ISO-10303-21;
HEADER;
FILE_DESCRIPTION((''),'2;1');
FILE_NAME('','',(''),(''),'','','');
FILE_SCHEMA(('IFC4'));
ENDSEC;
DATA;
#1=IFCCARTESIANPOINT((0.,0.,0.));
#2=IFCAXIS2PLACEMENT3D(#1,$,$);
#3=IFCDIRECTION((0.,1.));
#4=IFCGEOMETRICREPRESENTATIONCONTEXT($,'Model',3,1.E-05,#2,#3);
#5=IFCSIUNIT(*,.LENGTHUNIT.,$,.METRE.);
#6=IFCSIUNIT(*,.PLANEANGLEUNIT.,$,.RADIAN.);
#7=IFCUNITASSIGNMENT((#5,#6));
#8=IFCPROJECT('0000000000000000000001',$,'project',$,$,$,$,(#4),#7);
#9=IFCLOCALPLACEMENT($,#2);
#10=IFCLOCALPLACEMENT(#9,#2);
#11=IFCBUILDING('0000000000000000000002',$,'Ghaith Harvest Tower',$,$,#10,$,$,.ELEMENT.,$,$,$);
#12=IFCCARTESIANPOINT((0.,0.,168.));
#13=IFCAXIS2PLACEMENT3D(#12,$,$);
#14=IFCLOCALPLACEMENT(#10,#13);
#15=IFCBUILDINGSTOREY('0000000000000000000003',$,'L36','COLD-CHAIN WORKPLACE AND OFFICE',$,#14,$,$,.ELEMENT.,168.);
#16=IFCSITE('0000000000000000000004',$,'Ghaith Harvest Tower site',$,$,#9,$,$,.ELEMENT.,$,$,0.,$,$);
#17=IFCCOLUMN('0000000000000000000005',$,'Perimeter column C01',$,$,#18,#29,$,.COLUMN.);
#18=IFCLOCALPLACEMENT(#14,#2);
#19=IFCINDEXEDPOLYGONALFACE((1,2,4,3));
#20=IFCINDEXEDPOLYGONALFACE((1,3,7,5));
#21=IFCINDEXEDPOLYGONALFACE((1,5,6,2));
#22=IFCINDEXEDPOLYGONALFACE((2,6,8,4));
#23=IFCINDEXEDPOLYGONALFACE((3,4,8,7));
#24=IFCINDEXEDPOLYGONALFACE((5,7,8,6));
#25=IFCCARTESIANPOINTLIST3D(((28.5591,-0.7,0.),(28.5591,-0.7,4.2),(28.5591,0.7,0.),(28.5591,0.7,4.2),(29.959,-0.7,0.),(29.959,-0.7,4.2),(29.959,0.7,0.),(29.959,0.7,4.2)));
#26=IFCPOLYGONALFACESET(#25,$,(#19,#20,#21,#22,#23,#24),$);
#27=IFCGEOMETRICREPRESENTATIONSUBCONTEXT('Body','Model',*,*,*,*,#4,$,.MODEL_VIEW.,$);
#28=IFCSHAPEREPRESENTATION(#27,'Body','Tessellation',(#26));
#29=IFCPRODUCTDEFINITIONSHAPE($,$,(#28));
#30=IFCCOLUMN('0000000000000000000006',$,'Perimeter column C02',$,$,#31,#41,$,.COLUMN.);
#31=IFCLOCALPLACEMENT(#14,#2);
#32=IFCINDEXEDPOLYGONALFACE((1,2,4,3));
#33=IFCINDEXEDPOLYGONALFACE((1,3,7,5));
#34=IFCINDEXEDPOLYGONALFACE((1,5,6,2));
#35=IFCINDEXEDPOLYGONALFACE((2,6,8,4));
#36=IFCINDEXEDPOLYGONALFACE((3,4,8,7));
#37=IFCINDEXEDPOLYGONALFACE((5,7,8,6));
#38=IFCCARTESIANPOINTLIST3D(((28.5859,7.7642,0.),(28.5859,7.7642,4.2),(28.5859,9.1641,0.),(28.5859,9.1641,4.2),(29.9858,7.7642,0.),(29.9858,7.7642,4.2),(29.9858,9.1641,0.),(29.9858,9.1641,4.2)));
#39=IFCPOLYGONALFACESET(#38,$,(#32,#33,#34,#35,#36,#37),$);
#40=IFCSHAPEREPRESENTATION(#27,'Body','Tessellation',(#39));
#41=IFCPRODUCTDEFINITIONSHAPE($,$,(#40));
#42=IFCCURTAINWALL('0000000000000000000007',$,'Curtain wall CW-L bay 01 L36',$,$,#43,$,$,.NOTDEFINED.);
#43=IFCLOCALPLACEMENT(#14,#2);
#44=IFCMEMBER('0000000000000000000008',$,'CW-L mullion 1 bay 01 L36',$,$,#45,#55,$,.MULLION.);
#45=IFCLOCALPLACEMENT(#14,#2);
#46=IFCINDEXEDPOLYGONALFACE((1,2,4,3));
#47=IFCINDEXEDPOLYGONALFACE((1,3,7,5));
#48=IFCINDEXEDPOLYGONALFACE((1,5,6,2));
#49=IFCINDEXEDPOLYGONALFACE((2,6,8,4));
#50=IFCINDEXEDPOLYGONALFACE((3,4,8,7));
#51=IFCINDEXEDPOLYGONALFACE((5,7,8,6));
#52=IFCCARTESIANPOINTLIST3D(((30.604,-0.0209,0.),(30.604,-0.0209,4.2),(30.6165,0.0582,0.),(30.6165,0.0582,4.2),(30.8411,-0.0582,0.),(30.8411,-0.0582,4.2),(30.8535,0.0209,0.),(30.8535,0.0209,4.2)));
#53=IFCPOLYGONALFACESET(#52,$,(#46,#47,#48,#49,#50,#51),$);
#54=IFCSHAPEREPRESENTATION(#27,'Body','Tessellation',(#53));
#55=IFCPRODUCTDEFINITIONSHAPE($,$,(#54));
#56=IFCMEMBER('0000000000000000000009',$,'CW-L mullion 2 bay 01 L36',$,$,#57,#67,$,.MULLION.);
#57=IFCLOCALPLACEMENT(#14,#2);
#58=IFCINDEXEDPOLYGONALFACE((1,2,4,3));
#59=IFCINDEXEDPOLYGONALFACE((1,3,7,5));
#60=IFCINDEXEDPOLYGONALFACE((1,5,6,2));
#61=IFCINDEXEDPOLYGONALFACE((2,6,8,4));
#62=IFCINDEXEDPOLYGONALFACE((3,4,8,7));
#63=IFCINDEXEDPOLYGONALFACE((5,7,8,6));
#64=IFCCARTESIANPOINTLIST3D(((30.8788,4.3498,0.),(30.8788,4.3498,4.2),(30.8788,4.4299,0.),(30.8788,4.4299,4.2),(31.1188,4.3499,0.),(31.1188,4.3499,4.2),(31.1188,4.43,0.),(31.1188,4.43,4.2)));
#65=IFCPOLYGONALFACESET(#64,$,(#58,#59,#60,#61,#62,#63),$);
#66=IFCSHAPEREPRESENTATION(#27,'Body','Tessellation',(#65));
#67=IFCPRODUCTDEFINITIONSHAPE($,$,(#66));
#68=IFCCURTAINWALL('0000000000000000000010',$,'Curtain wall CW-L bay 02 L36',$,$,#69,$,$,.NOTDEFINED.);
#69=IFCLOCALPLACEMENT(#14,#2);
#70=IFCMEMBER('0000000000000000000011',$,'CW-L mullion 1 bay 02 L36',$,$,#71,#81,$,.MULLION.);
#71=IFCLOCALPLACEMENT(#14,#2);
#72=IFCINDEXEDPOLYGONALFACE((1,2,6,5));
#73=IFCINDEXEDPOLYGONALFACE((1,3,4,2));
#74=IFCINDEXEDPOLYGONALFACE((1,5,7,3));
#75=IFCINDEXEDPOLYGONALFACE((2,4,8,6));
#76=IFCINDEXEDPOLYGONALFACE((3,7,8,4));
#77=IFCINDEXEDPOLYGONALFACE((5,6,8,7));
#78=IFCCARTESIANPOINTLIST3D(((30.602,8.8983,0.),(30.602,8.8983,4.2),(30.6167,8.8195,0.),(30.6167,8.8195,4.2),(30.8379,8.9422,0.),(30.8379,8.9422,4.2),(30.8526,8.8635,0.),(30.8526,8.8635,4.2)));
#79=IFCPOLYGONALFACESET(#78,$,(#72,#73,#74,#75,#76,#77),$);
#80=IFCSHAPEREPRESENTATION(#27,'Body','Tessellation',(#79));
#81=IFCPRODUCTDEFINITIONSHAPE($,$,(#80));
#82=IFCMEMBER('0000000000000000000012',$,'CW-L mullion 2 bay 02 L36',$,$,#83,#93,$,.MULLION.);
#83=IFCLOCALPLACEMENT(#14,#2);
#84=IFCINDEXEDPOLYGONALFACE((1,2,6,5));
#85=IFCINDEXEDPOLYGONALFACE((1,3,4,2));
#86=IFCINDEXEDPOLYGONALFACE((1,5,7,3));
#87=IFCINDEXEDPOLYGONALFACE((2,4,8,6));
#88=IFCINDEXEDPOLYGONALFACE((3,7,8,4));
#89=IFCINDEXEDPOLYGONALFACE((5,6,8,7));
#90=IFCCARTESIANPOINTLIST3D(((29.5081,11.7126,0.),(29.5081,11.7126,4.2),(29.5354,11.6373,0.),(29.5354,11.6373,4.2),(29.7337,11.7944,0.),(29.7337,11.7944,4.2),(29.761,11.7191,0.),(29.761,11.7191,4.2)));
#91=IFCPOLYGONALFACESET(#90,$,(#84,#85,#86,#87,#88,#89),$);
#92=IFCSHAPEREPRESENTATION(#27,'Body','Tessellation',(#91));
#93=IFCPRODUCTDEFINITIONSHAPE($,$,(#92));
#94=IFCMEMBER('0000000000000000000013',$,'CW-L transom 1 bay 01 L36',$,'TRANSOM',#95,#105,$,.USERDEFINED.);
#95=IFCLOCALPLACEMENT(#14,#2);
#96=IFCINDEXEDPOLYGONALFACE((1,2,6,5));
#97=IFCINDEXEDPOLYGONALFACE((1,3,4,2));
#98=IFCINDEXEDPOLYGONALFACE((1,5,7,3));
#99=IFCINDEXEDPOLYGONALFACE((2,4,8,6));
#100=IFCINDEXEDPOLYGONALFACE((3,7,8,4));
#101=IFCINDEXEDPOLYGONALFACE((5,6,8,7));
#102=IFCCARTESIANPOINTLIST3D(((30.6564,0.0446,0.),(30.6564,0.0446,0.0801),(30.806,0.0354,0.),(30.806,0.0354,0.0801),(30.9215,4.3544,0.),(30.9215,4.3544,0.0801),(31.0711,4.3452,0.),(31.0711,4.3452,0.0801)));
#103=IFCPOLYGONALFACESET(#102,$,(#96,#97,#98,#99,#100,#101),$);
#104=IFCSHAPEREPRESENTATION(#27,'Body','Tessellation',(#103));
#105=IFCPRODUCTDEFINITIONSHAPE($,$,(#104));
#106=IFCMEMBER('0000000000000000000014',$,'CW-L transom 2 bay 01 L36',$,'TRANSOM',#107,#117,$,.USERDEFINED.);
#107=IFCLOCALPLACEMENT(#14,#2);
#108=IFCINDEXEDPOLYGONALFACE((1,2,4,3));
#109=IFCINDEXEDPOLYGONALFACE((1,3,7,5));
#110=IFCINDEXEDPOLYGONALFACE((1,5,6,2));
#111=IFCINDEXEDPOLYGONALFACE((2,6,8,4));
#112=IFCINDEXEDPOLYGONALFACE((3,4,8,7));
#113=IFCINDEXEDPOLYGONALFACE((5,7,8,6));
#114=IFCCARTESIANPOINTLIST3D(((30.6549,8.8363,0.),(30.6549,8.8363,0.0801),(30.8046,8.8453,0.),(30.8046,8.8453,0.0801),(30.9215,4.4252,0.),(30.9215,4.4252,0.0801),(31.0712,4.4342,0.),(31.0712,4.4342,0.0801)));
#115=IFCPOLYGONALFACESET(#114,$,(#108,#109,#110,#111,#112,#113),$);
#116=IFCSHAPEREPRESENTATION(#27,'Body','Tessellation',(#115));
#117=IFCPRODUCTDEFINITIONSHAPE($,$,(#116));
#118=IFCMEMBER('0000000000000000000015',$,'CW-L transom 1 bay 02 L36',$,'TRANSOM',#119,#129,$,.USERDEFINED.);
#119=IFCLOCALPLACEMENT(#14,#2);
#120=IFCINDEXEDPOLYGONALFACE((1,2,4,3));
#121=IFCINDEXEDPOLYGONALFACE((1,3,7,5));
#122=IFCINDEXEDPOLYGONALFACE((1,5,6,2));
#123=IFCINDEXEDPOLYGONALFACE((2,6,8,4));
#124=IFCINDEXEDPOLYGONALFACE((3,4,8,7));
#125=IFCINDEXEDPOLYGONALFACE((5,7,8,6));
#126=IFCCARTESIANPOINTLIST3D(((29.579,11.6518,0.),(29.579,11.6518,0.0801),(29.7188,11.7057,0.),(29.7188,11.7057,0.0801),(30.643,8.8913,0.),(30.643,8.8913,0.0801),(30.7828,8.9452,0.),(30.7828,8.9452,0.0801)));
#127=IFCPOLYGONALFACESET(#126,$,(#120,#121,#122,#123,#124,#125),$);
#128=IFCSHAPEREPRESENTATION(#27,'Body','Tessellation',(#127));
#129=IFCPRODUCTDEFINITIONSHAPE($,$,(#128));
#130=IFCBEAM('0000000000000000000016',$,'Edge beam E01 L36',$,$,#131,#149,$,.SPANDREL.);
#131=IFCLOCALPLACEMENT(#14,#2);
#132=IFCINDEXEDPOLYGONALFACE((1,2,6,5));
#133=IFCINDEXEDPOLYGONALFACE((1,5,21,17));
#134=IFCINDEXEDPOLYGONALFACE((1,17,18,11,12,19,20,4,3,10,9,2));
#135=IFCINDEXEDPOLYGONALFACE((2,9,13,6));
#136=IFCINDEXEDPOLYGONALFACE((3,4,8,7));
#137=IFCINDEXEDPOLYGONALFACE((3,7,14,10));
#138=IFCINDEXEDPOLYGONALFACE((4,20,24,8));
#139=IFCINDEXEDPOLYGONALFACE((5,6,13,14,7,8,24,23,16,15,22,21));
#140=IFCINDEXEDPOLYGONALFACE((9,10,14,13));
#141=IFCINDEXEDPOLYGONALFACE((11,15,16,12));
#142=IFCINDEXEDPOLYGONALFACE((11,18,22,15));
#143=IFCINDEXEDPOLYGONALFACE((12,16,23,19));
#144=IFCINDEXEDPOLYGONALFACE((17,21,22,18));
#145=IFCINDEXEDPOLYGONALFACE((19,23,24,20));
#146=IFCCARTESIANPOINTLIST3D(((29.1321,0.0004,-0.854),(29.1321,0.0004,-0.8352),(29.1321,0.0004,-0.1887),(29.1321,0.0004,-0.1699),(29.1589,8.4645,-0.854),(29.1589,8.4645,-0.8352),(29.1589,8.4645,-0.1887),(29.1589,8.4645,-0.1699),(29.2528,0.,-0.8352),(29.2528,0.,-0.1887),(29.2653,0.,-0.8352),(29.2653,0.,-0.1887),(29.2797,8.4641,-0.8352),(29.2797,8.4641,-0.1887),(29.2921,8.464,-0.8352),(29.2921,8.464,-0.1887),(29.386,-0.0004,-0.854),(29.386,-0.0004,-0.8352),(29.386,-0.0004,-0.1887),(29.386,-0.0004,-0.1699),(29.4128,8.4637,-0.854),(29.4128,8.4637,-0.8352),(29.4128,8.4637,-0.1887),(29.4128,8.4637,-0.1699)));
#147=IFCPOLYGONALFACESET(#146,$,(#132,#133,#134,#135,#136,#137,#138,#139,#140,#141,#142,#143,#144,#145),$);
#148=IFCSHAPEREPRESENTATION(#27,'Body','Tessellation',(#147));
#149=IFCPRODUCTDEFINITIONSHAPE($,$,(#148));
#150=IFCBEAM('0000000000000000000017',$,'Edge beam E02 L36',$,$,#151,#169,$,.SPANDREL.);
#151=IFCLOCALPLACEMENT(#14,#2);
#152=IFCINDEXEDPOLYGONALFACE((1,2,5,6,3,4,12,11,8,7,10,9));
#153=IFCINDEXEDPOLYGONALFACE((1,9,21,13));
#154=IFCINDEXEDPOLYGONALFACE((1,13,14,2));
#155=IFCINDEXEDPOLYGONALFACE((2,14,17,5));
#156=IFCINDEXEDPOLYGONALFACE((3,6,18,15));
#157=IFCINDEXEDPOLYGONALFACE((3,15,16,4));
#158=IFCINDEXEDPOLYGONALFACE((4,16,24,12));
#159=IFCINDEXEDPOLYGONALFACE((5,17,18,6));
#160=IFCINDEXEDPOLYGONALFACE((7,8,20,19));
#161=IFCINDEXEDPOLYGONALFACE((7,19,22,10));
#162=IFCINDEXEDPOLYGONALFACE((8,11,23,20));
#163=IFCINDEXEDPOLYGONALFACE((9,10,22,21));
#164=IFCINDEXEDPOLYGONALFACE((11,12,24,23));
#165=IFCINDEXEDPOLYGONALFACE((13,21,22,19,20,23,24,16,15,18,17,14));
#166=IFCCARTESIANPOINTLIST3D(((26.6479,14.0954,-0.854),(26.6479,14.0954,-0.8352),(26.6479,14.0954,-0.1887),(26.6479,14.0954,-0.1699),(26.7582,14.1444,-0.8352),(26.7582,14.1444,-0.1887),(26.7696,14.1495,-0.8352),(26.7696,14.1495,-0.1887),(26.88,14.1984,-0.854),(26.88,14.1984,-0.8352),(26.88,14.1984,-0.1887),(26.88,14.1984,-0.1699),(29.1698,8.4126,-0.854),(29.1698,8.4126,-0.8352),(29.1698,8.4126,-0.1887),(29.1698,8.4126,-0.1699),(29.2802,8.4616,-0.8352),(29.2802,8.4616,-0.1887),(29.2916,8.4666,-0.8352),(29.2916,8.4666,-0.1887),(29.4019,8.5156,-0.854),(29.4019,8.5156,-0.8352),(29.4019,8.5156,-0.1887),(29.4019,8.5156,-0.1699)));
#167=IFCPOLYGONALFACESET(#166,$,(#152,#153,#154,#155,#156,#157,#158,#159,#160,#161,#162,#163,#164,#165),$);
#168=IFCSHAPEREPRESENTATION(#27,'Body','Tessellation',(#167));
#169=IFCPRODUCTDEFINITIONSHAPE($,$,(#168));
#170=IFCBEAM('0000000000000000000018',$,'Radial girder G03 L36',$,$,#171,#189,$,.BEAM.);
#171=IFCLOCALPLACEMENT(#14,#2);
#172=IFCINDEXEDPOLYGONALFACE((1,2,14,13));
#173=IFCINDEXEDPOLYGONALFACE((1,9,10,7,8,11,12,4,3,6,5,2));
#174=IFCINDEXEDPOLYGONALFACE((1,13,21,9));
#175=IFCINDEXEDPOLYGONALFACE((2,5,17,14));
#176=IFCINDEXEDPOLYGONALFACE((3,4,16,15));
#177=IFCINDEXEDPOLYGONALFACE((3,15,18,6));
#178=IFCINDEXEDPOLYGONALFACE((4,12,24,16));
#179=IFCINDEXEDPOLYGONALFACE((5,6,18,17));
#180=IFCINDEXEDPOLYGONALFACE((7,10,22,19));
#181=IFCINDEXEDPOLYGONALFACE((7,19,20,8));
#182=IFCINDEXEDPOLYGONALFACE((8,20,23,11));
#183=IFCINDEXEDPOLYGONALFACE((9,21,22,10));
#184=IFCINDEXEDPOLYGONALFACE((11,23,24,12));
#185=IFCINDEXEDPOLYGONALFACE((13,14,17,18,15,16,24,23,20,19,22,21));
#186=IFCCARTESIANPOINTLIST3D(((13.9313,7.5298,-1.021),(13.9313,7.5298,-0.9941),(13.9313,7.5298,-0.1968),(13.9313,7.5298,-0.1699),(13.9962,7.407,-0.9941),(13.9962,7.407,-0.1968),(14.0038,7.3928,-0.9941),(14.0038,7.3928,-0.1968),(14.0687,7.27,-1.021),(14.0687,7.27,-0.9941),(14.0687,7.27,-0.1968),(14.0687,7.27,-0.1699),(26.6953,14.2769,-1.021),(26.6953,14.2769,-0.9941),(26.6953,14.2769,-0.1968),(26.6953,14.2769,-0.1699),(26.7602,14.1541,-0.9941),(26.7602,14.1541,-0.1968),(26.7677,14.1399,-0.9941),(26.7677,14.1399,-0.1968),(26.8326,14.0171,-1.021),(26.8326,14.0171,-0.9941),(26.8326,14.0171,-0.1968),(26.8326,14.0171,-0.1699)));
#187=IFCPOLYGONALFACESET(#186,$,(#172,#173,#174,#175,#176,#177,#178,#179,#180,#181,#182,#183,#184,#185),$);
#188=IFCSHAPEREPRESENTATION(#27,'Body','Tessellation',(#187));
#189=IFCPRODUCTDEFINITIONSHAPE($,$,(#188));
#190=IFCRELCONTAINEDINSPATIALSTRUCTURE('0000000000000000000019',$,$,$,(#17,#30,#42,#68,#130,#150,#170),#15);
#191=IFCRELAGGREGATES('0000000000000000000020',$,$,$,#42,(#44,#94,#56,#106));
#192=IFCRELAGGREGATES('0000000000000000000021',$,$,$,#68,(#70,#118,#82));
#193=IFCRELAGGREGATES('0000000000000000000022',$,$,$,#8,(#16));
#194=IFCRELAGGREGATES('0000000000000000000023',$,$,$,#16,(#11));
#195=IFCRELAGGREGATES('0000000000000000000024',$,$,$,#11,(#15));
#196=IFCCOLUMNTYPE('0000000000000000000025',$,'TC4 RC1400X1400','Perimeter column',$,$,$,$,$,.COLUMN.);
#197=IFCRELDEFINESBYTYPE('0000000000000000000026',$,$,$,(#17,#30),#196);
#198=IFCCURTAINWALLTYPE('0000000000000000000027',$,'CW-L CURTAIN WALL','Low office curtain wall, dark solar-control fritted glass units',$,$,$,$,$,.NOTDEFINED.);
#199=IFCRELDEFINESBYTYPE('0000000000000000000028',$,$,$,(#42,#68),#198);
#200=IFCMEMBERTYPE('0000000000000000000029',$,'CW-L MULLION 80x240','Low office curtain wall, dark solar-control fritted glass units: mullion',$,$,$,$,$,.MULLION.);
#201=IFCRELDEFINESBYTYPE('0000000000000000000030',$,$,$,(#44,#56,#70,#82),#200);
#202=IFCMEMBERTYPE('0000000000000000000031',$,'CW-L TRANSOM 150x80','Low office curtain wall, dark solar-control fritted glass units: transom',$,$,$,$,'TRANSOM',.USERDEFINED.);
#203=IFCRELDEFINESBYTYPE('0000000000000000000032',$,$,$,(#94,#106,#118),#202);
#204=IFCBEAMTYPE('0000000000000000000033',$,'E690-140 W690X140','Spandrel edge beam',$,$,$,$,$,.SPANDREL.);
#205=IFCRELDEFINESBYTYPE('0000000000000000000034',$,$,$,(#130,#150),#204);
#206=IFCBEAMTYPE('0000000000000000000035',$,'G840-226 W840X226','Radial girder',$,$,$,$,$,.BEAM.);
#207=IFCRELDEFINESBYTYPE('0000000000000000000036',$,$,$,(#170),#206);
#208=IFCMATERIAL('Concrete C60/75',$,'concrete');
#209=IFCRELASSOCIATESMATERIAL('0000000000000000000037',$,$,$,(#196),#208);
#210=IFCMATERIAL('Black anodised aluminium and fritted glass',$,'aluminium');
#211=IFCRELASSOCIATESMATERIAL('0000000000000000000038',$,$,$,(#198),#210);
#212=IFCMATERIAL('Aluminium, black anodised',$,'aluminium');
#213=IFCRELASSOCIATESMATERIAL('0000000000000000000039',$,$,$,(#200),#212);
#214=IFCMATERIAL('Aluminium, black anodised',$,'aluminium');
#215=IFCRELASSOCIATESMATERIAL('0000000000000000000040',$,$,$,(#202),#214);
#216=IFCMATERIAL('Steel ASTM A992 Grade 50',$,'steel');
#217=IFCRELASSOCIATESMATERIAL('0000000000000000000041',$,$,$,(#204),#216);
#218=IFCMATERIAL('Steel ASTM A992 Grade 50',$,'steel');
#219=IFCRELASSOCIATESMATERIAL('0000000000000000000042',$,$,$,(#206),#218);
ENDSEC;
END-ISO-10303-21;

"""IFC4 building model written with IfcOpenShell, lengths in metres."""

from ifc_helpers import new_model, si_unit, direction, frame, origin, origin_2d, place, context, subcontext, project, spatial, rectangle, i_section, extrude, material, material_profile, profile_set, type_object, element, aggregate, save


model = new_model("IFC4")

# Units and contexts
model_context = context("Model", 3, precision=1e-05, world=origin(), true_north=direction((0.0, 1.0)))
body_context = subcontext(model_context, "Body", "Model", "MODEL_VIEW")
ifc_project = project(units=[si_unit("LENGTHUNIT", "METRE"), si_unit("PLANEANGLEUNIT", "RADIAN")], contexts=[model_context])

# Site, building, storey
site_placement = place(None, origin())
site = spatial("IfcSite", under=ifc_project, at=site_placement, Name="Ghaith Harvest Tower site", CompositionType="ELEMENT", RefElevation=0.0)
building_placement = place(site_placement, origin())
building = spatial("IfcBuilding", under=site, at=building_placement, Name="Ghaith Harvest Tower", CompositionType="ELEMENT")
storey_placement = place(building_placement, frame((0.0, 0.0, 168.0)))
storey = spatial("IfcBuildingStorey", under=building, at=storey_placement, Name="L36", Description="COLD-CHAIN WORKPLACE AND OFFICE", CompositionType="ELEMENT", Elevation=168.0)

# Columns
ifc_material_1 = material(Name="Concrete C60/75", Category="concrete")
ifc_material_profile_1 = material_profile(ifc_material_1, rectangle(XDim=1.3999, YDim=1.3999, at=origin_2d()), Name="RC1400X1400")
ifc_profile_set_1 = profile_set([ifc_material_profile_1], Name="Concrete C60/75")
column_type = type_object("IfcColumnType", Name="TC4 RC1400X1400", Description="Perimeter column", PredefinedType="COLUMN", material=ifc_profile_set_1)
for number, where, z_axis, x_axis, name in (
    (1, (29.259, 0.0, 0.0), (0.0, 0.0, 1.0), (1.0, 0.0, 0.0), "Perimeter column C01"),
    (2, (29.2859, 8.4641, 0.0), (0.0, 0.0, 1.0), (1.0, 0.0, 0.0), "Perimeter column C02"),
):
    element("IfcColumn", number, at=place(storey_placement, frame(where, z_axis=z_axis, x_axis=x_axis)), inside=storey, type_object=column_type, Name=name, PredefinedType="COLUMN", context=body_context, shape_type="SweptSolid", body=[
        extrude(rectangle(XDim=1.3999, YDim=1.3999, at=origin_2d()), origin(), (0.0, 0.0, 1.0), 4.2),
    ])

# Curtain walls, members
ifc_material_2 = material(Name="Black anodised aluminium and fritted glass", Category="aluminium")
curtain_wall_type = type_object("IfcCurtainWallType", Name="CW-L CURTAIN WALL", Description="Low office curtain wall, dark solar-control fritted glass units", PredefinedType="NOTDEFINED", material=ifc_material_2)
curtain_wall_1_placement = place(storey_placement, origin())
curtain_wall_1 = element("IfcCurtainWall", 3, at=curtain_wall_1_placement, inside=storey, type_object=curtain_wall_type, Name="Curtain wall CW-L bay 01 L36", PredefinedType="NOTDEFINED")
ifc_material_3 = material(Name="Aluminium, black anodised", Category="aluminium")
ifc_material_profile_2 = material_profile(ifc_material_3, rectangle(XDim=0.0801, YDim=0.24, at=origin_2d()), Name="CW-L MULLION 80x240")
ifc_profile_set_2 = profile_set([ifc_material_profile_2], Name="Aluminium, black anodised")
member_type_1 = type_object("IfcMemberType", Name="CW-L MULLION 80x240", Description="Low office curtain wall, dark solar-control fritted glass units: mullion", PredefinedType="MULLION", material=ifc_profile_set_2)
member_1_placement = place(storey_placement, frame((30.7288, 0.0, 0.0), z_axis=(0.0, 0.0, 1.0), x_axis=(0.155597, 0.987821, 0.0)))
member_1 = element("IfcMember", 4, at=member_1_placement, type_object=member_type_1, Name="CW-L mullion 1 bay 01 L36", PredefinedType="MULLION", context=body_context, shape_type="SweptSolid", body=[
    extrude(rectangle(XDim=0.0801, YDim=0.24, at=origin_2d()), origin(), (0.0, 0.0, 1.0), 4.2),
])
member_2_placement = place(storey_placement, frame((30.9988, 4.3899, 0.0), z_axis=(0.0, 0.0, 1.0), x_axis=(-0.000162, 1.0, 0.0)))
member_2 = element("IfcMember", 5, at=member_2_placement, type_object=member_type_1, Name="CW-L mullion 2 bay 01 L36", PredefinedType="MULLION", context=body_context, shape_type="SweptSolid", body=[
    extrude(rectangle(XDim=0.0801, YDim=0.24, at=origin_2d()), origin(), (0.0, 0.0, 1.0), 4.2),
])
curtain_wall_2_placement = place(storey_placement, origin())
curtain_wall_2 = element("IfcCurtainWall", 6, at=curtain_wall_2_placement, inside=storey, type_object=curtain_wall_type, Name="Curtain wall CW-L bay 02 L36", PredefinedType="NOTDEFINED")
member_3_placement = place(storey_placement, frame((30.7273, 8.8809, 0.0), z_axis=(0.0, 0.0, 1.0), x_axis=(-0.18307, 0.9831, 0.0)))
member_3 = element("IfcMember", 7, at=member_3_placement, type_object=member_type_1, Name="CW-L mullion 1 bay 02 L36", PredefinedType="MULLION", context=body_context, shape_type="SweptSolid", body=[
    extrude(rectangle(XDim=0.0801, YDim=0.24, at=origin_2d()), origin(), (0.0, 0.0, 1.0), 4.2),
])
member_4_placement = place(storey_placement, frame((29.6345, 11.7158, 0.0), z_axis=(0.0, 0.0, 1.0), x_axis=(-0.340771, 0.940146, 0.0)))
member_4 = element("IfcMember", 8, at=member_4_placement, type_object=member_type_1, Name="CW-L mullion 2 bay 02 L36", PredefinedType="MULLION", context=body_context, shape_type="SweptSolid", body=[
    extrude(rectangle(XDim=0.0801, YDim=0.24, at=origin_2d()), origin(), (0.0, 0.0, 1.0), 4.2),
])

# Members
ifc_material_4 = material(Name="Aluminium, black anodised", Category="aluminium")
ifc_material_profile_3 = material_profile(ifc_material_4, rectangle(XDim=0.1499, YDim=0.0801, at=origin_2d()), Name="CW-L TRANSOM 150x80")
ifc_profile_set_3 = profile_set([ifc_material_profile_3], Name="Aluminium, black anodised")
member_type_2 = type_object("IfcMemberType", Name="CW-L TRANSOM 150x80", Description="Low office curtain wall, dark solar-control fritted glass units: transom", ElementType="TRANSOM", PredefinedType="USERDEFINED", material=ifc_profile_set_3)
member_5_placement = place(storey_placement, frame((30.7312, 0.04, 0.04), z_axis=(0.061403, 0.998113, 0.0), x_axis=(-0.998113, 0.061403, 0.0)))
member_5 = element("IfcMember", 9, at=member_5_placement, type_object=member_type_2, Name="CW-L transom 1 bay 01 L36", ObjectType="TRANSOM", PredefinedType="USERDEFINED", context=body_context, shape_type="SweptSolid", body=[
    extrude(rectangle(XDim=0.1499, YDim=0.0801, at=origin_2d()), origin(), (0.0, 0.0, 1.0), 4.3179),
])
member_6_placement = place(storey_placement, frame((30.9963, 4.4297, 0.04), z_axis=(-0.060328, 0.998179, 0.0), x_axis=(-0.998179, -0.060328, 0.0)))
member_6 = element("IfcMember", 10, at=member_6_placement, type_object=member_type_2, Name="CW-L transom 2 bay 01 L36", ObjectType="TRANSOM", PredefinedType="USERDEFINED", context=body_context, shape_type="SweptSolid", body=[
    extrude(rectangle(XDim=0.1499, YDim=0.0801, at=origin_2d()), origin(), (0.0, 0.0, 1.0), 4.4192),
])
member_7_placement = place(storey_placement, frame((30.7129, 8.9182, 0.04), z_axis=(-0.359637, 0.933092, 0.0), x_axis=(-0.933092, -0.359637, 0.0)))
member_7 = element("IfcMember", 11, at=member_7_placement, type_object=member_type_2, Name="CW-L transom 1 bay 02 L36", ObjectType="TRANSOM", PredefinedType="USERDEFINED", context=body_context, shape_type="SweptSolid", body=[
    extrude(rectangle(XDim=0.1499, YDim=0.0801, at=origin_2d()), origin(), (0.0, 0.0, 1.0), 2.9585),
])

# Beams
ifc_material_5 = material(Name="Steel ASTM A992 Grade 50", Category="steel")
ifc_material_profile_4 = material_profile(ifc_material_5, i_section(OverallWidth=0.2539, OverallDepth=0.6841, WebThickness=0.0125, FlangeThickness=0.0188, at=origin_2d()), Name="W690X140")
ifc_profile_set_4 = profile_set([ifc_material_profile_4], Name="Steel ASTM A992 Grade 50")
beam_type_1 = type_object("IfcBeamType", Name="E690-140 W690X140", Description="Spandrel edge beam", PredefinedType="SPANDREL", material=ifc_profile_set_4)
beam_1_placement = place(storey_placement, frame((29.259, 0.0, -0.512), z_axis=(0.003173, 0.999995, 0.0), x_axis=(-0.999995, 0.003173, 0.0)))
element("IfcBeam", 12, at=beam_1_placement, inside=storey, type_object=beam_type_1, Name="Edge beam E01 L36", PredefinedType="SPANDREL", context=body_context, shape_type="SweptSolid", body=[
    extrude(i_section(OverallWidth=0.2539, OverallDepth=0.6841, WebThickness=0.0125, FlangeThickness=0.0188, at=origin_2d()), origin(), (0.0, 0.0, 1.0), 8.4641),
])
beam_2_placement = place(storey_placement, frame((29.2859, 8.4641, -0.512), z_axis=(-0.405636, 0.914035, 0.0), x_axis=(-0.914035, -0.405636, 0.0)))
element("IfcBeam", 13, at=beam_2_placement, inside=storey, type_object=beam_type_1, Name="Edge beam E02 L36", PredefinedType="SPANDREL", context=body_context, shape_type="SweptSolid", body=[
    extrude(i_section(OverallWidth=0.2539, OverallDepth=0.6841, WebThickness=0.0125, FlangeThickness=0.0188, at=origin_2d()), origin(), (0.0, 0.0, 1.0), 6.2173),
])
ifc_material_6 = material(Name="Steel ASTM A992 Grade 50", Category="steel")
ifc_material_profile_5 = material_profile(ifc_material_6, i_section(OverallWidth=0.2939, OverallDepth=0.8511, WebThickness=0.0161, FlangeThickness=0.0269, at=origin_2d()), Name="W840X226")
ifc_profile_set_5 = profile_set([ifc_material_profile_5], Name="Steel ASTM A992 Grade 50")
beam_type_2 = type_object("IfcBeamType", Name="G840-226 W840X226", Description="Radial girder", PredefinedType="BEAM", material=ifc_profile_set_5)
beam_3_placement = place(storey_placement, frame((14.0, 7.3999, -0.5955), z_axis=(0.884083, 0.467331, 0.0), x_axis=(-0.467331, 0.884083, 0.0)))
element("IfcBeam", 14, at=beam_3_placement, inside=storey, type_object=beam_type_2, Name="Radial girder G03 L36", PredefinedType="BEAM", context=body_context, shape_type="SweptSolid", body=[
    extrude(i_section(OverallWidth=0.2939, OverallDepth=0.8511, WebThickness=0.0161, FlangeThickness=0.0269, at=origin_2d()), origin(), (0.0, 0.0, 1.0), 14.4375),
])

aggregate(curtain_wall_1, [member_1, member_5, member_2, member_6])
aggregate(curtain_wall_2, [member_3, member_7, member_4])

save(model, "model.ifc")
